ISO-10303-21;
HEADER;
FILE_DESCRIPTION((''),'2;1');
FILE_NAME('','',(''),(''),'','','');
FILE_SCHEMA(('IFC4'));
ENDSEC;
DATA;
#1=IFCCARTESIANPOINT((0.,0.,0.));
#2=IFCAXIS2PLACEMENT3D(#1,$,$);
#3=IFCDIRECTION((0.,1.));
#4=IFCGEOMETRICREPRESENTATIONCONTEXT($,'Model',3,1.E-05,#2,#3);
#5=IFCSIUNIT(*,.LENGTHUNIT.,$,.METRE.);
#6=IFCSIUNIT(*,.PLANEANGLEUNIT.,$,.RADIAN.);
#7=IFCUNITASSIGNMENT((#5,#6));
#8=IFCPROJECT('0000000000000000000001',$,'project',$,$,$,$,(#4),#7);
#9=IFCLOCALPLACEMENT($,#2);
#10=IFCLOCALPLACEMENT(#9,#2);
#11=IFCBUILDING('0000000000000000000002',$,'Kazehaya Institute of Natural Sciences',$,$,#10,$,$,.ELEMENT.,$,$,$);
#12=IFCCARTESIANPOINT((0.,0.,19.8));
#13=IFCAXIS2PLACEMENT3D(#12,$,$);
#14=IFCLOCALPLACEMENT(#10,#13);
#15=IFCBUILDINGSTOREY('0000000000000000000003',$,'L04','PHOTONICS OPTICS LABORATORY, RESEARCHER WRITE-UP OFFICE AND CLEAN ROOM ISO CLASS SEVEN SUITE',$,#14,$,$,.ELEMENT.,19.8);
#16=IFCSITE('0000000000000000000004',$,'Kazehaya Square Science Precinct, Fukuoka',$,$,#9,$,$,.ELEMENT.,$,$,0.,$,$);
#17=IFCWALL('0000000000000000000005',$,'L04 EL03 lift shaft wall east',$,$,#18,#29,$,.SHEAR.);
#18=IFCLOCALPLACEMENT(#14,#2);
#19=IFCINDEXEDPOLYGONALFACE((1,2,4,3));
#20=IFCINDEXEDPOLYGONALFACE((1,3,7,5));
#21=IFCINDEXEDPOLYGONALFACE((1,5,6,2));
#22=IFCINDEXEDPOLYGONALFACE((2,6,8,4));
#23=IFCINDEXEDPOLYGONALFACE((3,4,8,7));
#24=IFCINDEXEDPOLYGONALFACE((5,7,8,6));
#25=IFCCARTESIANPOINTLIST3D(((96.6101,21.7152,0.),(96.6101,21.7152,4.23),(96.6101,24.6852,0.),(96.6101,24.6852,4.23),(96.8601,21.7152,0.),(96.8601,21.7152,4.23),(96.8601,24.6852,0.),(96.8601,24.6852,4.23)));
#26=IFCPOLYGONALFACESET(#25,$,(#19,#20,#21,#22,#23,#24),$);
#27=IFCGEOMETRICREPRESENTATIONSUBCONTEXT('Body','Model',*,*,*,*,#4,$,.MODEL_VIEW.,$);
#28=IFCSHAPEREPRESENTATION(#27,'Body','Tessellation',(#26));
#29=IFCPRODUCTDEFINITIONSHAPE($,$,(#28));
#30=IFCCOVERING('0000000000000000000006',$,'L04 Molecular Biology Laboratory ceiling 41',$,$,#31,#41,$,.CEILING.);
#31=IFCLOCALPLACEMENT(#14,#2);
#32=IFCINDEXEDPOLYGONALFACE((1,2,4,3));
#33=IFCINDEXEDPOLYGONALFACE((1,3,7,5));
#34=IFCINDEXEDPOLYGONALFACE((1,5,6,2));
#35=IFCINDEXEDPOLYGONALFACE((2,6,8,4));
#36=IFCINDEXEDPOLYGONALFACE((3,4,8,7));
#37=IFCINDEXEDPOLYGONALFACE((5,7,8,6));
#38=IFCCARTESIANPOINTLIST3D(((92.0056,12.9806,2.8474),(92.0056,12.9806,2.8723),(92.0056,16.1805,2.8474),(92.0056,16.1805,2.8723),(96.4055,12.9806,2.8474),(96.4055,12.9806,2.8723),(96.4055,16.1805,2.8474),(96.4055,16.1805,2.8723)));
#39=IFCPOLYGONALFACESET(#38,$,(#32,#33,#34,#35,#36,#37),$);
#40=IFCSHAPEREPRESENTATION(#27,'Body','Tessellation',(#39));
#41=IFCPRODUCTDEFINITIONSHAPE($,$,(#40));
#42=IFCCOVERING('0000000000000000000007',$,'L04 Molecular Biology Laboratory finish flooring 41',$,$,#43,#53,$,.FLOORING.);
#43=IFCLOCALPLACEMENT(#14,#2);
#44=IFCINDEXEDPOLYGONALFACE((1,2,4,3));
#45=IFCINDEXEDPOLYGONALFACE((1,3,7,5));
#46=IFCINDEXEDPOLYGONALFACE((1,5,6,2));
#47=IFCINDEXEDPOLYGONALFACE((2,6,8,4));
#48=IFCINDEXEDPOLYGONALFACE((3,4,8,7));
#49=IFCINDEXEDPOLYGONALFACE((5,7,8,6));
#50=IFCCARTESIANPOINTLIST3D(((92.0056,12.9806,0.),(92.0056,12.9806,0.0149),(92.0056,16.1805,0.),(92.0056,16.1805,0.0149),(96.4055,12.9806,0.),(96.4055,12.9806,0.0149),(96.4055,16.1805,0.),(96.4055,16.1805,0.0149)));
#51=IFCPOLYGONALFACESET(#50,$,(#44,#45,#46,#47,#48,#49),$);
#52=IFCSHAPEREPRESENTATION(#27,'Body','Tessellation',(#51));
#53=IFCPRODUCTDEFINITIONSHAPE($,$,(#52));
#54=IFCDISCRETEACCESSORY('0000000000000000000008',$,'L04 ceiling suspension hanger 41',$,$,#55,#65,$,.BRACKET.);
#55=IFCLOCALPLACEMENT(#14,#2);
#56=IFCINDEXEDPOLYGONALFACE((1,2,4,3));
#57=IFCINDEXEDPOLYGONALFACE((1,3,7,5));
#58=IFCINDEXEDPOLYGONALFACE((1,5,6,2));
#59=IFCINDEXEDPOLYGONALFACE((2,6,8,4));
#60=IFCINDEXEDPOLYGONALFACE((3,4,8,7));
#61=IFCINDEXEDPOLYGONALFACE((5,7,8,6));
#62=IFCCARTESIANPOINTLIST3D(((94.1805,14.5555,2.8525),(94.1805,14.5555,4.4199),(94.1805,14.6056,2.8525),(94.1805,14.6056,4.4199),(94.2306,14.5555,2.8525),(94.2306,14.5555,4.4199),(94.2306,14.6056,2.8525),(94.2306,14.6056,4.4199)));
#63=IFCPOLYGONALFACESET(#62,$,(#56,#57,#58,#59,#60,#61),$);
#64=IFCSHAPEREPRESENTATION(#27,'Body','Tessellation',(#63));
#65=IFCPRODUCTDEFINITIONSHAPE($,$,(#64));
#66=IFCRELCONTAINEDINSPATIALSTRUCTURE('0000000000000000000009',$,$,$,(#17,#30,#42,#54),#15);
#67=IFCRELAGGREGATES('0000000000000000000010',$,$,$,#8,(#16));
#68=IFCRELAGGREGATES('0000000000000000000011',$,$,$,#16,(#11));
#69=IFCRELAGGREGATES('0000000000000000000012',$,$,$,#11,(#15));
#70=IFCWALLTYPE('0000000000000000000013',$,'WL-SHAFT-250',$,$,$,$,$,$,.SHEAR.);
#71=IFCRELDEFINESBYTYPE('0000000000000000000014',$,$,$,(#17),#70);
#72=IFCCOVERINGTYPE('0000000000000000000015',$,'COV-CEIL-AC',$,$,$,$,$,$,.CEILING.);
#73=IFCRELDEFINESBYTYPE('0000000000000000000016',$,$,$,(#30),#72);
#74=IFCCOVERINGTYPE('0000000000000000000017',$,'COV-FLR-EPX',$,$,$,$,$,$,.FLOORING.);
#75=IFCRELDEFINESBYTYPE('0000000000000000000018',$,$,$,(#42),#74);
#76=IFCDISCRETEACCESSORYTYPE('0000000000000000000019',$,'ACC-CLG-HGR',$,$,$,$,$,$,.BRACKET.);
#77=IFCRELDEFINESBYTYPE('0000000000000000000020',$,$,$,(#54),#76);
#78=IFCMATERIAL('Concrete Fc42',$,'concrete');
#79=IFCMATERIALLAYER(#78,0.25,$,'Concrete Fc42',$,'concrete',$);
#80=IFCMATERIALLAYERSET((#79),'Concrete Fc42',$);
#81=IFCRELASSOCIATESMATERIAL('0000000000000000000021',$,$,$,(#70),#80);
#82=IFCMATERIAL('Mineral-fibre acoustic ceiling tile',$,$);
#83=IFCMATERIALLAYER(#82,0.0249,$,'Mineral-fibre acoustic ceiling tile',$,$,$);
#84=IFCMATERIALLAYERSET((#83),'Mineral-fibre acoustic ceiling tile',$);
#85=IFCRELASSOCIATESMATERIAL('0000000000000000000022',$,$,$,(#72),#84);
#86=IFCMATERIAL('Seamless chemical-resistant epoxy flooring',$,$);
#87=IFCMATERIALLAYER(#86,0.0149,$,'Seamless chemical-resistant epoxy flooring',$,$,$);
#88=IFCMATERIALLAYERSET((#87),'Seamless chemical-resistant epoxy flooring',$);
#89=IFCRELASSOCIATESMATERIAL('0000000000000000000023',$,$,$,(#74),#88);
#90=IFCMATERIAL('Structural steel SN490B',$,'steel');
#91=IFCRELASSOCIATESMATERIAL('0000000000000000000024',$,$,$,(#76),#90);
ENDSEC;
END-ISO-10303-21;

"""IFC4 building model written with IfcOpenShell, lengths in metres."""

from ifc_helpers import new_model, si_unit, direction, frame, frame_2d, origin, origin_2d, place, context, subcontext, project, spatial, rectangle, extrude, material, layer, layer_set, type_object, element, save


model = new_model("IFC4")

# Units and contexts
model_context = context("Model", 3, precision=1e-05, world=origin(), true_north=direction((0.0, 1.0)))
body_context = subcontext(model_context, "Body", "Model", "MODEL_VIEW")
ifc_project = project(units=[si_unit("LENGTHUNIT", "METRE"), si_unit("PLANEANGLEUNIT", "RADIAN")], contexts=[model_context])

# Site, building, storey
site_placement = place(None, origin())
site = spatial("IfcSite", under=ifc_project, at=site_placement, Name="Kazehaya Square Science Precinct, Fukuoka", CompositionType="ELEMENT", RefElevation=0.0)
building_placement = place(site_placement, origin())
building = spatial("IfcBuilding", under=site, at=building_placement, Name="Kazehaya Institute of Natural Sciences", CompositionType="ELEMENT")
storey_placement = place(building_placement, frame((0.0, 0.0, 19.8)))
storey = spatial("IfcBuildingStorey", under=building, at=storey_placement, Name="L04", Description="PHOTONICS OPTICS LABORATORY, RESEARCHER WRITE-UP OFFICE AND CLEAN ROOM ISO CLASS SEVEN SUITE", CompositionType="ELEMENT", Elevation=19.8)

# Shared definitions
ifc_material_1 = material(Name="Concrete Fc42", Category="concrete")

# Shared definitions
ifc_layer_1 = layer(ifc_material_1, 0.25, Name="Concrete Fc42", Category="concrete")
ifc_layer_set_1 = layer_set([ifc_layer_1], Name="Concrete Fc42")
wall_type_1 = type_object("IfcWallType", Name="WL-SHAFT-250", PredefinedType="SHEAR", material=ifc_layer_set_1)

# Wall
for number, where, z_axis, x_axis, name in (
    (1, (96.7351, 24.6851, 0.0), (0.0, 0.0, 1.0), (0.0, -1.0, 0.0), "L04 EL03 lift shaft wall east"),
):
    element("IfcWall", number, at=place(storey_placement, frame(where, z_axis=z_axis, x_axis=x_axis)), inside=storey, type_object=wall_type_1, Name=name, PredefinedType="SHEAR", context=body_context, shape_type="SweptSolid", body=[
        extrude(rectangle(XDim=2.97, YDim=0.25, at=frame_2d((1.4849, 0.0))), origin(), (0.0, 0.0, 1.0), 4.23),
    ])

# Coverings
ifc_material_2 = material(Name="Mineral-fibre acoustic ceiling tile")
ifc_layer_2 = layer(ifc_material_2, 0.0249, Name="Mineral-fibre acoustic ceiling tile")
ifc_layer_set_2 = layer_set([ifc_layer_2], Name="Mineral-fibre acoustic ceiling tile")
covering_type_1 = type_object("IfcCoveringType", Name="COV-CEIL-AC", PredefinedType="CEILING", material=ifc_layer_set_2)
covering_1_placement = place(storey_placement, frame((94.2056, 14.5806, 2.8474), z_axis=(0.0, 0.0, 1.0), x_axis=(1.0, 0.0, 0.0)))
element("IfcCovering", 2, at=covering_1_placement, inside=storey, type_object=covering_type_1, Name="L04 Molecular Biology Laboratory ceiling 41", PredefinedType="CEILING", context=body_context, shape_type="SweptSolid", body=[
    extrude(rectangle(XDim=4.3999, YDim=3.2, at=origin_2d()), origin(), (0.0, 0.0, 1.0), 0.0249),
])
ifc_material_3 = material(Name="Seamless chemical-resistant epoxy flooring")
ifc_layer_3 = layer(ifc_material_3, 0.0149, Name="Seamless chemical-resistant epoxy flooring")
ifc_layer_set_3 = layer_set([ifc_layer_3], Name="Seamless chemical-resistant epoxy flooring")
covering_type_2 = type_object("IfcCoveringType", Name="COV-FLR-EPX", PredefinedType="FLOORING", material=ifc_layer_set_3)
covering_2_placement = place(storey_placement, frame((94.2056, 14.5806, 0.0), z_axis=(0.0, 0.0, 1.0), x_axis=(1.0, 0.0, 0.0)))
element("IfcCovering", 3, at=covering_2_placement, inside=storey, type_object=covering_type_2, Name="L04 Molecular Biology Laboratory finish flooring 41", PredefinedType="FLOORING", context=body_context, shape_type="SweptSolid", body=[
    extrude(rectangle(XDim=4.3999, YDim=3.2, at=origin_2d()), origin(), (0.0, 0.0, 1.0), 0.0149),
])

# Discrete accessory
ifc_material_4 = material(Name="Structural steel SN490B", Category="steel")
discrete_accessory_type = type_object("IfcDiscreteAccessoryType", Name="ACC-CLG-HGR", PredefinedType="BRACKET", material=ifc_material_4)
discrete_accessory_placement = place(storey_placement, frame((94.2056, 14.5806, 2.8525), z_axis=(0.0, 0.0, 1.0), x_axis=(1.0, 0.0, 0.0)))
element("IfcDiscreteAccessory", 4, at=discrete_accessory_placement, inside=storey, type_object=discrete_accessory_type, Name="L04 ceiling suspension hanger 41", PredefinedType="BRACKET", context=body_context, shape_type="SweptSolid", body=[
    extrude(rectangle(XDim=0.05, YDim=0.05, at=origin_2d()), origin(), (0.0, 0.0, 1.0), 1.5674),
])

save(model, "model.ifc")
